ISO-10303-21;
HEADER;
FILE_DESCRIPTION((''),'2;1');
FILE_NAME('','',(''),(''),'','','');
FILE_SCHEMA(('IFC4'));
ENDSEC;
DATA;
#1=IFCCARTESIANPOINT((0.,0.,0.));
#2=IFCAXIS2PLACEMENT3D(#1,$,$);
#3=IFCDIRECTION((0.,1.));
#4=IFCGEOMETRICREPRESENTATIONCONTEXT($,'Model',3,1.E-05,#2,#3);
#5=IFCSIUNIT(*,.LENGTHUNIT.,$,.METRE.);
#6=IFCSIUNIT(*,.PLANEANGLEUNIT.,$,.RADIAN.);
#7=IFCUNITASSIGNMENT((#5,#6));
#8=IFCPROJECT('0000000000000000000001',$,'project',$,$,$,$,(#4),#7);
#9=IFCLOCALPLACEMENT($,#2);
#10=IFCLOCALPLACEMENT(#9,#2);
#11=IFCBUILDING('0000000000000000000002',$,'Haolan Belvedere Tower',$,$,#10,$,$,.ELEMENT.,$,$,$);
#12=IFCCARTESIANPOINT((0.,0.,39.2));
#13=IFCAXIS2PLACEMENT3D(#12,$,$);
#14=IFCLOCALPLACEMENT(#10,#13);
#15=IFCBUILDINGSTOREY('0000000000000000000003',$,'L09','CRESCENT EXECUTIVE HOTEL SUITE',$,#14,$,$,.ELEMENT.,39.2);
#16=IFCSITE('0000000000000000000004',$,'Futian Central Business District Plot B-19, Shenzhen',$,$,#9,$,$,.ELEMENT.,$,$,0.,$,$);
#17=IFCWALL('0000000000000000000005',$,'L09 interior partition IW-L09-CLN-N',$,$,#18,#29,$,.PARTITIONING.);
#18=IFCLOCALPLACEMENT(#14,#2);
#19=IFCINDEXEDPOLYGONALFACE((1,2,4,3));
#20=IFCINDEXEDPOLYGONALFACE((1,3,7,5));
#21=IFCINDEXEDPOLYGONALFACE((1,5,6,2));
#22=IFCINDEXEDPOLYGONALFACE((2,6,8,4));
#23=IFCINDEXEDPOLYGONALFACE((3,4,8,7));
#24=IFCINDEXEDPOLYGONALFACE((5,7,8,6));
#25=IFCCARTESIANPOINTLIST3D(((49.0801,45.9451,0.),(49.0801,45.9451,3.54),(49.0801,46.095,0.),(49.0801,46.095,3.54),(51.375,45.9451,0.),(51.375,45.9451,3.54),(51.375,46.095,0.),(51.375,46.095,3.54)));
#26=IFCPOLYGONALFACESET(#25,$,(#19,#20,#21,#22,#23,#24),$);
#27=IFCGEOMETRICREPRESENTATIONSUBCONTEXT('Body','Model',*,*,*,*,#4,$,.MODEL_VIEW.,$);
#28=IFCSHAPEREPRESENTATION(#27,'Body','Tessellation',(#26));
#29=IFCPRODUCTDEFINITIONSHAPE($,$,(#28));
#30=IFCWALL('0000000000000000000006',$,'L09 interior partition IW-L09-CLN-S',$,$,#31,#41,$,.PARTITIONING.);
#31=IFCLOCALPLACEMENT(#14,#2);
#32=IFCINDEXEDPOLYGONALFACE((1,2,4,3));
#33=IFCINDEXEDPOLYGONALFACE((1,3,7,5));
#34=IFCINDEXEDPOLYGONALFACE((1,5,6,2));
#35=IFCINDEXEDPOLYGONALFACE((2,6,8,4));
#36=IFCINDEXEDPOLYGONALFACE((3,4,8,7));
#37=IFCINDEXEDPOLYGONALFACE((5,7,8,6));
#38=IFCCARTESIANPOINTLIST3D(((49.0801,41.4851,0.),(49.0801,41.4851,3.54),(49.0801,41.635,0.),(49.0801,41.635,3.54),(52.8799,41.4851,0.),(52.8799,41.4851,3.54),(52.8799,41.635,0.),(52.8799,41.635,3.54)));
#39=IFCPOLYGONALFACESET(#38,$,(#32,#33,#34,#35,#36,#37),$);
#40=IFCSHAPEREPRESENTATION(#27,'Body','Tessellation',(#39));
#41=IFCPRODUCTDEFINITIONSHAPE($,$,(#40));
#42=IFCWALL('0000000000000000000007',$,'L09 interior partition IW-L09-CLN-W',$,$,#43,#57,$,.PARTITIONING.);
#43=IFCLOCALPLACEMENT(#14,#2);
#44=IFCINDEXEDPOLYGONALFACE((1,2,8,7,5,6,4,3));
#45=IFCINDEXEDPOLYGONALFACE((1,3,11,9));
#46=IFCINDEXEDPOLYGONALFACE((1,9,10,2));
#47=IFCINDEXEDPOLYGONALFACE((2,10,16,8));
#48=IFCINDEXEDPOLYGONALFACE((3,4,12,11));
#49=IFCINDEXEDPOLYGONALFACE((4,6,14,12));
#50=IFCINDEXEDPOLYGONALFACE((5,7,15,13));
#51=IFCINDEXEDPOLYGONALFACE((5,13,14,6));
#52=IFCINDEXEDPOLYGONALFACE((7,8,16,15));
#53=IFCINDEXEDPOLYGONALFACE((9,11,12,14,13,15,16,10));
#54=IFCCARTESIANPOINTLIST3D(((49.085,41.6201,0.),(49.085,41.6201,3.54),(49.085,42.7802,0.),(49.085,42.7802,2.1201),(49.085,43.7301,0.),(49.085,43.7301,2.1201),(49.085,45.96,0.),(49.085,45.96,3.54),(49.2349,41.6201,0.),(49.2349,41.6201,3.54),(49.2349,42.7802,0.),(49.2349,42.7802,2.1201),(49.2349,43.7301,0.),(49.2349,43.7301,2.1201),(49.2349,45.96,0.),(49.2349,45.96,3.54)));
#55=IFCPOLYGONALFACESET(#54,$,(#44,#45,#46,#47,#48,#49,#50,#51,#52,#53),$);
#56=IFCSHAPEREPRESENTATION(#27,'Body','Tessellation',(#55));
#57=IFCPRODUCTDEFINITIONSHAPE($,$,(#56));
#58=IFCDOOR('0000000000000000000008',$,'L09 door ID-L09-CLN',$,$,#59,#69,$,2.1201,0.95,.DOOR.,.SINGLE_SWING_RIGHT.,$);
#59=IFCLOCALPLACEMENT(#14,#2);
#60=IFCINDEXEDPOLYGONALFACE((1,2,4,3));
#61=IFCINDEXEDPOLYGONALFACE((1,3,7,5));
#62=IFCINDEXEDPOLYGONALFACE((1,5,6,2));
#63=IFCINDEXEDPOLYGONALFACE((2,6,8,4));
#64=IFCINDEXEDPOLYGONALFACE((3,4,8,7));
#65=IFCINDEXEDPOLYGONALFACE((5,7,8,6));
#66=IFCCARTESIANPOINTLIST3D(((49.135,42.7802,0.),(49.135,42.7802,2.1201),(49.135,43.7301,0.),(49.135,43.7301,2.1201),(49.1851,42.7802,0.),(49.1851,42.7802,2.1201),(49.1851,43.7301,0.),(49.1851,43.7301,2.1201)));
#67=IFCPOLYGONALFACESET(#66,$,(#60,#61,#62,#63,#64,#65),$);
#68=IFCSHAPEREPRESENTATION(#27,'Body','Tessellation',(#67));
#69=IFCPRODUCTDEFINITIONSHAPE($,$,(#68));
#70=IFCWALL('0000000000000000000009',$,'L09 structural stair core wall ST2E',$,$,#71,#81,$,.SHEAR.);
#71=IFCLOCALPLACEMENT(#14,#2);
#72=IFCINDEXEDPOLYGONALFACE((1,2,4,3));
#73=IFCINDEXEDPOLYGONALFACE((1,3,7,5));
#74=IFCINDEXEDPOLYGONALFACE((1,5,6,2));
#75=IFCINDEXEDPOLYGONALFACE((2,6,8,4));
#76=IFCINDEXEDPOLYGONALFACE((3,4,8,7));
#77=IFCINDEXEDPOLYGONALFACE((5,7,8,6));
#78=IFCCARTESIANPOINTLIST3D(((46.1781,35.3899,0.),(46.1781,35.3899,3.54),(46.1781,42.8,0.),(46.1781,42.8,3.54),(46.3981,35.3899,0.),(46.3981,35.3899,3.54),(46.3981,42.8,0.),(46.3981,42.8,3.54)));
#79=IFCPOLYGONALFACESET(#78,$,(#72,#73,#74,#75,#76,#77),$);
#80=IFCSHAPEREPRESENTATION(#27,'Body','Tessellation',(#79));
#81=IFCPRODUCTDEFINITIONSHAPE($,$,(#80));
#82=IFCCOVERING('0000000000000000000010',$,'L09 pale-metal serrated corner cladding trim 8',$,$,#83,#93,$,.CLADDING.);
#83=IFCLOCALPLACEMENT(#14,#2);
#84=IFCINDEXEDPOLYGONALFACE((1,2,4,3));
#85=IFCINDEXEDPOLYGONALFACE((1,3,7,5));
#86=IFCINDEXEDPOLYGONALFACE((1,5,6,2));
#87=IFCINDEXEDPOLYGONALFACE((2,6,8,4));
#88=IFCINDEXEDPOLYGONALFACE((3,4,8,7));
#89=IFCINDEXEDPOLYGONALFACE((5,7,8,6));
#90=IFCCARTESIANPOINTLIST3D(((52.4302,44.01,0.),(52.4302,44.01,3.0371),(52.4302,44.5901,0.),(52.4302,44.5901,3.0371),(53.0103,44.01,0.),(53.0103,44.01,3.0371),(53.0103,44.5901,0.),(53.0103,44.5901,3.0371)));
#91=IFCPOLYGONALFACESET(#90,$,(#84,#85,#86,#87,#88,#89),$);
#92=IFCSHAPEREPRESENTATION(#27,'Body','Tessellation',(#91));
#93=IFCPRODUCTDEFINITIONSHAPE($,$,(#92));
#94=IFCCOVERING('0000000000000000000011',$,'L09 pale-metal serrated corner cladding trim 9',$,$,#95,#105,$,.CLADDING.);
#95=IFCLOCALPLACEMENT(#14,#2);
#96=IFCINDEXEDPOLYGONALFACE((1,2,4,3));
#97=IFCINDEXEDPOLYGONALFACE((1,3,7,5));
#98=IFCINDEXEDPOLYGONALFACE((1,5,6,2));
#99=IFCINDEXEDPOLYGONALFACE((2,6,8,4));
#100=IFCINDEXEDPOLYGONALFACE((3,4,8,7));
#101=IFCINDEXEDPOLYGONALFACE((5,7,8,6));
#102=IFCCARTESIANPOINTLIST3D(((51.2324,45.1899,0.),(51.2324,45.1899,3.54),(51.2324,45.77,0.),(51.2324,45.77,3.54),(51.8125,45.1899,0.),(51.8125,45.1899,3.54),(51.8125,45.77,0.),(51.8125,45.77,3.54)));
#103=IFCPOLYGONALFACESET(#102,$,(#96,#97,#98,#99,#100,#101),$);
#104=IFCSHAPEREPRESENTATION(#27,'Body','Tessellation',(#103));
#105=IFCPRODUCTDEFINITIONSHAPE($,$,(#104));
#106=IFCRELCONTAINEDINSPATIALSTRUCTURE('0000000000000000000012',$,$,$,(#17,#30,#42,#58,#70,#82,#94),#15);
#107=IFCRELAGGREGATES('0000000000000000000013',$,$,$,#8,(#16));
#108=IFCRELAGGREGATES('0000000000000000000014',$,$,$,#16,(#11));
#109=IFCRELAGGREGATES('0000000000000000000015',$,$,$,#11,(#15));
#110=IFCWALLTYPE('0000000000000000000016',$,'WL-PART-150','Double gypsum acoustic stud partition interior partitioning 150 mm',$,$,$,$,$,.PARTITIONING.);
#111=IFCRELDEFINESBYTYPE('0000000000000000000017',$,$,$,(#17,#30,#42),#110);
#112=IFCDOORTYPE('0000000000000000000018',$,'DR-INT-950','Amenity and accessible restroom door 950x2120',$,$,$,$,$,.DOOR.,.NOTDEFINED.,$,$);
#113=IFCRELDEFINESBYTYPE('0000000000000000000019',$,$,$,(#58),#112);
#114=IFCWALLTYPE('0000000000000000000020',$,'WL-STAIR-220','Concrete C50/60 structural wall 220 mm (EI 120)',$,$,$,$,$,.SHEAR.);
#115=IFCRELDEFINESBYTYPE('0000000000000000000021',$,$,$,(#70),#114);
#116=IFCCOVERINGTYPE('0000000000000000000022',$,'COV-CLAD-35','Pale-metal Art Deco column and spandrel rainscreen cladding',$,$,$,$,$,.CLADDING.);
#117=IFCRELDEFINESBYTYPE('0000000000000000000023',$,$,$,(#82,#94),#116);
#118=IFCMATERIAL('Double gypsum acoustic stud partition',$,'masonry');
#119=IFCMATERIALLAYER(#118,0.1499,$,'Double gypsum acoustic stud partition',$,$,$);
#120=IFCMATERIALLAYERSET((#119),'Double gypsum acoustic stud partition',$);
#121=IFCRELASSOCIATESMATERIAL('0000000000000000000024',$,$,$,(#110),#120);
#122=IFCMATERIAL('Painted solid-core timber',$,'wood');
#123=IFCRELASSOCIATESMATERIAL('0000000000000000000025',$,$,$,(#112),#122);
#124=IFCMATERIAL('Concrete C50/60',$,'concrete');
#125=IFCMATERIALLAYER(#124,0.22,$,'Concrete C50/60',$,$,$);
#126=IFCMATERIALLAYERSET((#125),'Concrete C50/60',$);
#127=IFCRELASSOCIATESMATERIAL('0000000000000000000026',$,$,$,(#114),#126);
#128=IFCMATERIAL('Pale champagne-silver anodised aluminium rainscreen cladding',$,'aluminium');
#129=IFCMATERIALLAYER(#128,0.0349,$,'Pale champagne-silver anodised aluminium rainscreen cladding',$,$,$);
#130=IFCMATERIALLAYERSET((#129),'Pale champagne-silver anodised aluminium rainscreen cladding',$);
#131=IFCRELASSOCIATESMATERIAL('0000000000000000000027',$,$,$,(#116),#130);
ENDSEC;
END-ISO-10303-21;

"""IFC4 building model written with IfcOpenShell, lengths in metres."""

from ifc_helpers import new_model, si_unit, direction, frame, frame_2d, origin, origin_2d, place, context, subcontext, project, spatial, rectangle, extrude, material, layer, layer_set, type_object, element, fill, save


model = new_model("IFC4")

# Units and contexts
model_context = context("Model", 3, precision=1e-05, world=origin(), true_north=direction((0.0, 1.0)))
body_context = subcontext(model_context, "Body", "Model", "MODEL_VIEW")
ifc_project = project(units=[si_unit("LENGTHUNIT", "METRE"), si_unit("PLANEANGLEUNIT", "RADIAN")], contexts=[model_context])

# Site, building, storey
site_placement = place(None, origin())
site = spatial("IfcSite", under=ifc_project, at=site_placement, Name="Futian Central Business District Plot B-19, Shenzhen", CompositionType="ELEMENT", RefElevation=0.0)
building_placement = place(site_placement, origin())
building = spatial("IfcBuilding", under=site, at=building_placement, Name="Haolan Belvedere Tower", CompositionType="ELEMENT")
storey_placement = place(building_placement, frame((0.0, 0.0, 39.2)))
storey = spatial("IfcBuildingStorey", under=building, at=storey_placement, Name="L09", Description="CRESCENT EXECUTIVE HOTEL SUITE", CompositionType="ELEMENT", Elevation=39.2)

# Shared definitions
ifc_material_1 = material(Name="Double gypsum acoustic stud partition", Category="masonry")
ifc_layer_1 = layer(ifc_material_1, 0.1499, Name="Double gypsum acoustic stud partition")
ifc_layer_set_1 = layer_set([ifc_layer_1], Name="Double gypsum acoustic stud partition")
wall_type_1 = type_object("IfcWallType", Name="WL-PART-150", Description="Double gypsum acoustic stud partition interior partitioning 150 mm", PredefinedType="PARTITIONING", material=ifc_layer_set_1)

# Shared definitions
ifc_material_2 = material(Name="Painted solid-core timber", Category="wood")
door_type = type_object("IfcDoorType", Name="DR-INT-950", Description="Amenity and accessible restroom door 950x2120", OperationType="NOTDEFINED", PredefinedType="DOOR", material=ifc_material_2)

# Walls
wall_1_placement = place(storey_placement, frame((49.0801, 46.02, 0.0), z_axis=(0.0, 0.0, 1.0), x_axis=(1.0, 0.0, 0.0)))
element("IfcWall", 1, at=wall_1_placement, inside=storey, type_object=wall_type_1, Name="L09 interior partition IW-L09-CLN-N", PredefinedType="PARTITIONING", context=body_context, shape_type="SweptSolid", body=[
    extrude(rectangle(XDim=2.2949, YDim=0.1499, at=frame_2d((1.1475, 0.0))), origin(), (0.0, 0.0, 1.0), 3.54),
])
wall_2_placement = place(storey_placement, frame((49.0801, 41.5601, 0.0), z_axis=(0.0, 0.0, 1.0), x_axis=(1.0, 0.0, 0.0)))
element("IfcWall", 2, at=wall_2_placement, inside=storey, type_object=wall_type_1, Name="L09 interior partition IW-L09-CLN-S", PredefinedType="PARTITIONING", context=body_context, shape_type="SweptSolid", body=[
    extrude(rectangle(XDim=3.7998, YDim=0.1499, at=frame_2d((1.8999, 0.0))), origin(), (0.0, 0.0, 1.0), 3.54),
])

# Wall, opening, door
wall_3_placement = place(storey_placement, frame((49.1599, 41.6201, 0.0), z_axis=(0.0, 0.0, 1.0), x_axis=(0.0, 1.0, 0.0)))
wall_3 = element("IfcWall", 3, at=wall_3_placement, inside=storey, type_object=wall_type_1, Name="L09 interior partition IW-L09-CLN-W", PredefinedType="PARTITIONING", context=body_context, shape_type="SweptSolid", body=[
    extrude(rectangle(XDim=4.3398, YDim=0.1499, at=frame_2d((2.1699, 0.0))), origin(), (0.0, 0.0, 1.0), 3.54),
])
opening_1_placement = place(wall_3_placement, frame((1.1599, 0.0, 0.0)))
opening_1 = element("IfcOpeningElement", 4, at=opening_1_placement, cuts=wall_3, PredefinedType="OPENING", context=body_context, shape_type="SweptSolid", body=[
    extrude(rectangle(XDim=0.95, YDim=2.1201, at=frame_2d((0.4751, 1.0601))), frame((0.0, 0.085, 0.0), z_axis=(0.0, -1.0, 0.0), x_axis=(1.0, 0.0, 0.0)), (0.0, 0.0, 1.0), 0.1699),
])
door_1_placement = place(opening_1_placement, origin())
door_1 = element("IfcDoor", 5, at=door_1_placement, inside=storey, type_object=door_type, Name="L09 door ID-L09-CLN", OperationType="SINGLE_SWING_RIGHT", OverallHeight=2.1201, OverallWidth=0.95, PredefinedType="DOOR", context=body_context, shape_type="SweptSolid", body=[
    extrude(rectangle(XDim=0.95, YDim=2.1201, at=frame_2d((0.4751, 1.0601))), frame((0.0, 0.0249, 0.0), z_axis=(0.0, -1.0, 0.0), x_axis=(1.0, 0.0, 0.0)), (0.0, 0.0, 1.0), 0.05),
])
fill(opening_1, door_1)

# Wall
ifc_material_3 = material(Name="Concrete C50/60", Category="concrete")
ifc_layer_2 = layer(ifc_material_3, 0.22, Name="Concrete C50/60")
ifc_layer_set_2 = layer_set([ifc_layer_2], Name="Concrete C50/60")
wall_type_2 = type_object("IfcWallType", Name="WL-STAIR-220", Description="Concrete C50/60 structural wall 220 mm (EI 120)", PredefinedType="SHEAR", material=ifc_layer_set_2)
wall_4_placement = place(storey_placement, frame((46.2881, 35.3899, 0.0), z_axis=(0.0, 0.0, 1.0), x_axis=(0.0, 1.0, 0.0)))
element("IfcWall", 6, at=wall_4_placement, inside=storey, type_object=wall_type_2, Name="L09 structural stair core wall ST2E", PredefinedType="SHEAR", context=body_context, shape_type="SweptSolid", body=[
    extrude(rectangle(XDim=7.4102, YDim=0.22, at=frame_2d((3.7051, 0.0))), origin(), (0.0, 0.0, 1.0), 3.54),
])

# Coverings
ifc_material_4 = material(Name="Pale champagne-silver anodised aluminium rainscreen cladding", Category="aluminium")
ifc_layer_3 = layer(ifc_material_4, 0.0349, Name="Pale champagne-silver anodised aluminium rainscreen cladding")
ifc_layer_set_3 = layer_set([ifc_layer_3], Name="Pale champagne-silver anodised aluminium rainscreen cladding")
covering_type = type_object("IfcCoveringType", Name="COV-CLAD-35", Description="Pale-metal Art Deco column and spandrel rainscreen cladding", PredefinedType="CLADDING", material=ifc_layer_set_3)
covering_1_placement = place(storey_placement, frame((52.7202, 44.3, 0.0), z_axis=(0.0, 0.0, 1.0), x_axis=(1.0, 0.0, 0.0)))
element("IfcCovering", 7, at=covering_1_placement, inside=storey, type_object=covering_type, Name="L09 pale-metal serrated corner cladding trim 8", PredefinedType="CLADDING", context=body_context, shape_type="SweptSolid", body=[
    extrude(rectangle(XDim=0.5801, YDim=0.5801, at=origin_2d()), origin(), (0.0, 0.0, 1.0), 3.0371),
])
covering_2_placement = place(storey_placement, frame((51.5225, 45.48, 0.0), z_axis=(0.0, 0.0, 1.0), x_axis=(1.0, 0.0, 0.0)))
element("IfcCovering", 8, at=covering_2_placement, inside=storey, type_object=covering_type, Name="L09 pale-metal serrated corner cladding trim 9", PredefinedType="CLADDING", context=body_context, shape_type="SweptSolid", body=[
    extrude(rectangle(XDim=0.5801, YDim=0.5801, at=origin_2d()), origin(), (0.0, 0.0, 1.0), 3.54),
])

save(model, "model.ifc")
